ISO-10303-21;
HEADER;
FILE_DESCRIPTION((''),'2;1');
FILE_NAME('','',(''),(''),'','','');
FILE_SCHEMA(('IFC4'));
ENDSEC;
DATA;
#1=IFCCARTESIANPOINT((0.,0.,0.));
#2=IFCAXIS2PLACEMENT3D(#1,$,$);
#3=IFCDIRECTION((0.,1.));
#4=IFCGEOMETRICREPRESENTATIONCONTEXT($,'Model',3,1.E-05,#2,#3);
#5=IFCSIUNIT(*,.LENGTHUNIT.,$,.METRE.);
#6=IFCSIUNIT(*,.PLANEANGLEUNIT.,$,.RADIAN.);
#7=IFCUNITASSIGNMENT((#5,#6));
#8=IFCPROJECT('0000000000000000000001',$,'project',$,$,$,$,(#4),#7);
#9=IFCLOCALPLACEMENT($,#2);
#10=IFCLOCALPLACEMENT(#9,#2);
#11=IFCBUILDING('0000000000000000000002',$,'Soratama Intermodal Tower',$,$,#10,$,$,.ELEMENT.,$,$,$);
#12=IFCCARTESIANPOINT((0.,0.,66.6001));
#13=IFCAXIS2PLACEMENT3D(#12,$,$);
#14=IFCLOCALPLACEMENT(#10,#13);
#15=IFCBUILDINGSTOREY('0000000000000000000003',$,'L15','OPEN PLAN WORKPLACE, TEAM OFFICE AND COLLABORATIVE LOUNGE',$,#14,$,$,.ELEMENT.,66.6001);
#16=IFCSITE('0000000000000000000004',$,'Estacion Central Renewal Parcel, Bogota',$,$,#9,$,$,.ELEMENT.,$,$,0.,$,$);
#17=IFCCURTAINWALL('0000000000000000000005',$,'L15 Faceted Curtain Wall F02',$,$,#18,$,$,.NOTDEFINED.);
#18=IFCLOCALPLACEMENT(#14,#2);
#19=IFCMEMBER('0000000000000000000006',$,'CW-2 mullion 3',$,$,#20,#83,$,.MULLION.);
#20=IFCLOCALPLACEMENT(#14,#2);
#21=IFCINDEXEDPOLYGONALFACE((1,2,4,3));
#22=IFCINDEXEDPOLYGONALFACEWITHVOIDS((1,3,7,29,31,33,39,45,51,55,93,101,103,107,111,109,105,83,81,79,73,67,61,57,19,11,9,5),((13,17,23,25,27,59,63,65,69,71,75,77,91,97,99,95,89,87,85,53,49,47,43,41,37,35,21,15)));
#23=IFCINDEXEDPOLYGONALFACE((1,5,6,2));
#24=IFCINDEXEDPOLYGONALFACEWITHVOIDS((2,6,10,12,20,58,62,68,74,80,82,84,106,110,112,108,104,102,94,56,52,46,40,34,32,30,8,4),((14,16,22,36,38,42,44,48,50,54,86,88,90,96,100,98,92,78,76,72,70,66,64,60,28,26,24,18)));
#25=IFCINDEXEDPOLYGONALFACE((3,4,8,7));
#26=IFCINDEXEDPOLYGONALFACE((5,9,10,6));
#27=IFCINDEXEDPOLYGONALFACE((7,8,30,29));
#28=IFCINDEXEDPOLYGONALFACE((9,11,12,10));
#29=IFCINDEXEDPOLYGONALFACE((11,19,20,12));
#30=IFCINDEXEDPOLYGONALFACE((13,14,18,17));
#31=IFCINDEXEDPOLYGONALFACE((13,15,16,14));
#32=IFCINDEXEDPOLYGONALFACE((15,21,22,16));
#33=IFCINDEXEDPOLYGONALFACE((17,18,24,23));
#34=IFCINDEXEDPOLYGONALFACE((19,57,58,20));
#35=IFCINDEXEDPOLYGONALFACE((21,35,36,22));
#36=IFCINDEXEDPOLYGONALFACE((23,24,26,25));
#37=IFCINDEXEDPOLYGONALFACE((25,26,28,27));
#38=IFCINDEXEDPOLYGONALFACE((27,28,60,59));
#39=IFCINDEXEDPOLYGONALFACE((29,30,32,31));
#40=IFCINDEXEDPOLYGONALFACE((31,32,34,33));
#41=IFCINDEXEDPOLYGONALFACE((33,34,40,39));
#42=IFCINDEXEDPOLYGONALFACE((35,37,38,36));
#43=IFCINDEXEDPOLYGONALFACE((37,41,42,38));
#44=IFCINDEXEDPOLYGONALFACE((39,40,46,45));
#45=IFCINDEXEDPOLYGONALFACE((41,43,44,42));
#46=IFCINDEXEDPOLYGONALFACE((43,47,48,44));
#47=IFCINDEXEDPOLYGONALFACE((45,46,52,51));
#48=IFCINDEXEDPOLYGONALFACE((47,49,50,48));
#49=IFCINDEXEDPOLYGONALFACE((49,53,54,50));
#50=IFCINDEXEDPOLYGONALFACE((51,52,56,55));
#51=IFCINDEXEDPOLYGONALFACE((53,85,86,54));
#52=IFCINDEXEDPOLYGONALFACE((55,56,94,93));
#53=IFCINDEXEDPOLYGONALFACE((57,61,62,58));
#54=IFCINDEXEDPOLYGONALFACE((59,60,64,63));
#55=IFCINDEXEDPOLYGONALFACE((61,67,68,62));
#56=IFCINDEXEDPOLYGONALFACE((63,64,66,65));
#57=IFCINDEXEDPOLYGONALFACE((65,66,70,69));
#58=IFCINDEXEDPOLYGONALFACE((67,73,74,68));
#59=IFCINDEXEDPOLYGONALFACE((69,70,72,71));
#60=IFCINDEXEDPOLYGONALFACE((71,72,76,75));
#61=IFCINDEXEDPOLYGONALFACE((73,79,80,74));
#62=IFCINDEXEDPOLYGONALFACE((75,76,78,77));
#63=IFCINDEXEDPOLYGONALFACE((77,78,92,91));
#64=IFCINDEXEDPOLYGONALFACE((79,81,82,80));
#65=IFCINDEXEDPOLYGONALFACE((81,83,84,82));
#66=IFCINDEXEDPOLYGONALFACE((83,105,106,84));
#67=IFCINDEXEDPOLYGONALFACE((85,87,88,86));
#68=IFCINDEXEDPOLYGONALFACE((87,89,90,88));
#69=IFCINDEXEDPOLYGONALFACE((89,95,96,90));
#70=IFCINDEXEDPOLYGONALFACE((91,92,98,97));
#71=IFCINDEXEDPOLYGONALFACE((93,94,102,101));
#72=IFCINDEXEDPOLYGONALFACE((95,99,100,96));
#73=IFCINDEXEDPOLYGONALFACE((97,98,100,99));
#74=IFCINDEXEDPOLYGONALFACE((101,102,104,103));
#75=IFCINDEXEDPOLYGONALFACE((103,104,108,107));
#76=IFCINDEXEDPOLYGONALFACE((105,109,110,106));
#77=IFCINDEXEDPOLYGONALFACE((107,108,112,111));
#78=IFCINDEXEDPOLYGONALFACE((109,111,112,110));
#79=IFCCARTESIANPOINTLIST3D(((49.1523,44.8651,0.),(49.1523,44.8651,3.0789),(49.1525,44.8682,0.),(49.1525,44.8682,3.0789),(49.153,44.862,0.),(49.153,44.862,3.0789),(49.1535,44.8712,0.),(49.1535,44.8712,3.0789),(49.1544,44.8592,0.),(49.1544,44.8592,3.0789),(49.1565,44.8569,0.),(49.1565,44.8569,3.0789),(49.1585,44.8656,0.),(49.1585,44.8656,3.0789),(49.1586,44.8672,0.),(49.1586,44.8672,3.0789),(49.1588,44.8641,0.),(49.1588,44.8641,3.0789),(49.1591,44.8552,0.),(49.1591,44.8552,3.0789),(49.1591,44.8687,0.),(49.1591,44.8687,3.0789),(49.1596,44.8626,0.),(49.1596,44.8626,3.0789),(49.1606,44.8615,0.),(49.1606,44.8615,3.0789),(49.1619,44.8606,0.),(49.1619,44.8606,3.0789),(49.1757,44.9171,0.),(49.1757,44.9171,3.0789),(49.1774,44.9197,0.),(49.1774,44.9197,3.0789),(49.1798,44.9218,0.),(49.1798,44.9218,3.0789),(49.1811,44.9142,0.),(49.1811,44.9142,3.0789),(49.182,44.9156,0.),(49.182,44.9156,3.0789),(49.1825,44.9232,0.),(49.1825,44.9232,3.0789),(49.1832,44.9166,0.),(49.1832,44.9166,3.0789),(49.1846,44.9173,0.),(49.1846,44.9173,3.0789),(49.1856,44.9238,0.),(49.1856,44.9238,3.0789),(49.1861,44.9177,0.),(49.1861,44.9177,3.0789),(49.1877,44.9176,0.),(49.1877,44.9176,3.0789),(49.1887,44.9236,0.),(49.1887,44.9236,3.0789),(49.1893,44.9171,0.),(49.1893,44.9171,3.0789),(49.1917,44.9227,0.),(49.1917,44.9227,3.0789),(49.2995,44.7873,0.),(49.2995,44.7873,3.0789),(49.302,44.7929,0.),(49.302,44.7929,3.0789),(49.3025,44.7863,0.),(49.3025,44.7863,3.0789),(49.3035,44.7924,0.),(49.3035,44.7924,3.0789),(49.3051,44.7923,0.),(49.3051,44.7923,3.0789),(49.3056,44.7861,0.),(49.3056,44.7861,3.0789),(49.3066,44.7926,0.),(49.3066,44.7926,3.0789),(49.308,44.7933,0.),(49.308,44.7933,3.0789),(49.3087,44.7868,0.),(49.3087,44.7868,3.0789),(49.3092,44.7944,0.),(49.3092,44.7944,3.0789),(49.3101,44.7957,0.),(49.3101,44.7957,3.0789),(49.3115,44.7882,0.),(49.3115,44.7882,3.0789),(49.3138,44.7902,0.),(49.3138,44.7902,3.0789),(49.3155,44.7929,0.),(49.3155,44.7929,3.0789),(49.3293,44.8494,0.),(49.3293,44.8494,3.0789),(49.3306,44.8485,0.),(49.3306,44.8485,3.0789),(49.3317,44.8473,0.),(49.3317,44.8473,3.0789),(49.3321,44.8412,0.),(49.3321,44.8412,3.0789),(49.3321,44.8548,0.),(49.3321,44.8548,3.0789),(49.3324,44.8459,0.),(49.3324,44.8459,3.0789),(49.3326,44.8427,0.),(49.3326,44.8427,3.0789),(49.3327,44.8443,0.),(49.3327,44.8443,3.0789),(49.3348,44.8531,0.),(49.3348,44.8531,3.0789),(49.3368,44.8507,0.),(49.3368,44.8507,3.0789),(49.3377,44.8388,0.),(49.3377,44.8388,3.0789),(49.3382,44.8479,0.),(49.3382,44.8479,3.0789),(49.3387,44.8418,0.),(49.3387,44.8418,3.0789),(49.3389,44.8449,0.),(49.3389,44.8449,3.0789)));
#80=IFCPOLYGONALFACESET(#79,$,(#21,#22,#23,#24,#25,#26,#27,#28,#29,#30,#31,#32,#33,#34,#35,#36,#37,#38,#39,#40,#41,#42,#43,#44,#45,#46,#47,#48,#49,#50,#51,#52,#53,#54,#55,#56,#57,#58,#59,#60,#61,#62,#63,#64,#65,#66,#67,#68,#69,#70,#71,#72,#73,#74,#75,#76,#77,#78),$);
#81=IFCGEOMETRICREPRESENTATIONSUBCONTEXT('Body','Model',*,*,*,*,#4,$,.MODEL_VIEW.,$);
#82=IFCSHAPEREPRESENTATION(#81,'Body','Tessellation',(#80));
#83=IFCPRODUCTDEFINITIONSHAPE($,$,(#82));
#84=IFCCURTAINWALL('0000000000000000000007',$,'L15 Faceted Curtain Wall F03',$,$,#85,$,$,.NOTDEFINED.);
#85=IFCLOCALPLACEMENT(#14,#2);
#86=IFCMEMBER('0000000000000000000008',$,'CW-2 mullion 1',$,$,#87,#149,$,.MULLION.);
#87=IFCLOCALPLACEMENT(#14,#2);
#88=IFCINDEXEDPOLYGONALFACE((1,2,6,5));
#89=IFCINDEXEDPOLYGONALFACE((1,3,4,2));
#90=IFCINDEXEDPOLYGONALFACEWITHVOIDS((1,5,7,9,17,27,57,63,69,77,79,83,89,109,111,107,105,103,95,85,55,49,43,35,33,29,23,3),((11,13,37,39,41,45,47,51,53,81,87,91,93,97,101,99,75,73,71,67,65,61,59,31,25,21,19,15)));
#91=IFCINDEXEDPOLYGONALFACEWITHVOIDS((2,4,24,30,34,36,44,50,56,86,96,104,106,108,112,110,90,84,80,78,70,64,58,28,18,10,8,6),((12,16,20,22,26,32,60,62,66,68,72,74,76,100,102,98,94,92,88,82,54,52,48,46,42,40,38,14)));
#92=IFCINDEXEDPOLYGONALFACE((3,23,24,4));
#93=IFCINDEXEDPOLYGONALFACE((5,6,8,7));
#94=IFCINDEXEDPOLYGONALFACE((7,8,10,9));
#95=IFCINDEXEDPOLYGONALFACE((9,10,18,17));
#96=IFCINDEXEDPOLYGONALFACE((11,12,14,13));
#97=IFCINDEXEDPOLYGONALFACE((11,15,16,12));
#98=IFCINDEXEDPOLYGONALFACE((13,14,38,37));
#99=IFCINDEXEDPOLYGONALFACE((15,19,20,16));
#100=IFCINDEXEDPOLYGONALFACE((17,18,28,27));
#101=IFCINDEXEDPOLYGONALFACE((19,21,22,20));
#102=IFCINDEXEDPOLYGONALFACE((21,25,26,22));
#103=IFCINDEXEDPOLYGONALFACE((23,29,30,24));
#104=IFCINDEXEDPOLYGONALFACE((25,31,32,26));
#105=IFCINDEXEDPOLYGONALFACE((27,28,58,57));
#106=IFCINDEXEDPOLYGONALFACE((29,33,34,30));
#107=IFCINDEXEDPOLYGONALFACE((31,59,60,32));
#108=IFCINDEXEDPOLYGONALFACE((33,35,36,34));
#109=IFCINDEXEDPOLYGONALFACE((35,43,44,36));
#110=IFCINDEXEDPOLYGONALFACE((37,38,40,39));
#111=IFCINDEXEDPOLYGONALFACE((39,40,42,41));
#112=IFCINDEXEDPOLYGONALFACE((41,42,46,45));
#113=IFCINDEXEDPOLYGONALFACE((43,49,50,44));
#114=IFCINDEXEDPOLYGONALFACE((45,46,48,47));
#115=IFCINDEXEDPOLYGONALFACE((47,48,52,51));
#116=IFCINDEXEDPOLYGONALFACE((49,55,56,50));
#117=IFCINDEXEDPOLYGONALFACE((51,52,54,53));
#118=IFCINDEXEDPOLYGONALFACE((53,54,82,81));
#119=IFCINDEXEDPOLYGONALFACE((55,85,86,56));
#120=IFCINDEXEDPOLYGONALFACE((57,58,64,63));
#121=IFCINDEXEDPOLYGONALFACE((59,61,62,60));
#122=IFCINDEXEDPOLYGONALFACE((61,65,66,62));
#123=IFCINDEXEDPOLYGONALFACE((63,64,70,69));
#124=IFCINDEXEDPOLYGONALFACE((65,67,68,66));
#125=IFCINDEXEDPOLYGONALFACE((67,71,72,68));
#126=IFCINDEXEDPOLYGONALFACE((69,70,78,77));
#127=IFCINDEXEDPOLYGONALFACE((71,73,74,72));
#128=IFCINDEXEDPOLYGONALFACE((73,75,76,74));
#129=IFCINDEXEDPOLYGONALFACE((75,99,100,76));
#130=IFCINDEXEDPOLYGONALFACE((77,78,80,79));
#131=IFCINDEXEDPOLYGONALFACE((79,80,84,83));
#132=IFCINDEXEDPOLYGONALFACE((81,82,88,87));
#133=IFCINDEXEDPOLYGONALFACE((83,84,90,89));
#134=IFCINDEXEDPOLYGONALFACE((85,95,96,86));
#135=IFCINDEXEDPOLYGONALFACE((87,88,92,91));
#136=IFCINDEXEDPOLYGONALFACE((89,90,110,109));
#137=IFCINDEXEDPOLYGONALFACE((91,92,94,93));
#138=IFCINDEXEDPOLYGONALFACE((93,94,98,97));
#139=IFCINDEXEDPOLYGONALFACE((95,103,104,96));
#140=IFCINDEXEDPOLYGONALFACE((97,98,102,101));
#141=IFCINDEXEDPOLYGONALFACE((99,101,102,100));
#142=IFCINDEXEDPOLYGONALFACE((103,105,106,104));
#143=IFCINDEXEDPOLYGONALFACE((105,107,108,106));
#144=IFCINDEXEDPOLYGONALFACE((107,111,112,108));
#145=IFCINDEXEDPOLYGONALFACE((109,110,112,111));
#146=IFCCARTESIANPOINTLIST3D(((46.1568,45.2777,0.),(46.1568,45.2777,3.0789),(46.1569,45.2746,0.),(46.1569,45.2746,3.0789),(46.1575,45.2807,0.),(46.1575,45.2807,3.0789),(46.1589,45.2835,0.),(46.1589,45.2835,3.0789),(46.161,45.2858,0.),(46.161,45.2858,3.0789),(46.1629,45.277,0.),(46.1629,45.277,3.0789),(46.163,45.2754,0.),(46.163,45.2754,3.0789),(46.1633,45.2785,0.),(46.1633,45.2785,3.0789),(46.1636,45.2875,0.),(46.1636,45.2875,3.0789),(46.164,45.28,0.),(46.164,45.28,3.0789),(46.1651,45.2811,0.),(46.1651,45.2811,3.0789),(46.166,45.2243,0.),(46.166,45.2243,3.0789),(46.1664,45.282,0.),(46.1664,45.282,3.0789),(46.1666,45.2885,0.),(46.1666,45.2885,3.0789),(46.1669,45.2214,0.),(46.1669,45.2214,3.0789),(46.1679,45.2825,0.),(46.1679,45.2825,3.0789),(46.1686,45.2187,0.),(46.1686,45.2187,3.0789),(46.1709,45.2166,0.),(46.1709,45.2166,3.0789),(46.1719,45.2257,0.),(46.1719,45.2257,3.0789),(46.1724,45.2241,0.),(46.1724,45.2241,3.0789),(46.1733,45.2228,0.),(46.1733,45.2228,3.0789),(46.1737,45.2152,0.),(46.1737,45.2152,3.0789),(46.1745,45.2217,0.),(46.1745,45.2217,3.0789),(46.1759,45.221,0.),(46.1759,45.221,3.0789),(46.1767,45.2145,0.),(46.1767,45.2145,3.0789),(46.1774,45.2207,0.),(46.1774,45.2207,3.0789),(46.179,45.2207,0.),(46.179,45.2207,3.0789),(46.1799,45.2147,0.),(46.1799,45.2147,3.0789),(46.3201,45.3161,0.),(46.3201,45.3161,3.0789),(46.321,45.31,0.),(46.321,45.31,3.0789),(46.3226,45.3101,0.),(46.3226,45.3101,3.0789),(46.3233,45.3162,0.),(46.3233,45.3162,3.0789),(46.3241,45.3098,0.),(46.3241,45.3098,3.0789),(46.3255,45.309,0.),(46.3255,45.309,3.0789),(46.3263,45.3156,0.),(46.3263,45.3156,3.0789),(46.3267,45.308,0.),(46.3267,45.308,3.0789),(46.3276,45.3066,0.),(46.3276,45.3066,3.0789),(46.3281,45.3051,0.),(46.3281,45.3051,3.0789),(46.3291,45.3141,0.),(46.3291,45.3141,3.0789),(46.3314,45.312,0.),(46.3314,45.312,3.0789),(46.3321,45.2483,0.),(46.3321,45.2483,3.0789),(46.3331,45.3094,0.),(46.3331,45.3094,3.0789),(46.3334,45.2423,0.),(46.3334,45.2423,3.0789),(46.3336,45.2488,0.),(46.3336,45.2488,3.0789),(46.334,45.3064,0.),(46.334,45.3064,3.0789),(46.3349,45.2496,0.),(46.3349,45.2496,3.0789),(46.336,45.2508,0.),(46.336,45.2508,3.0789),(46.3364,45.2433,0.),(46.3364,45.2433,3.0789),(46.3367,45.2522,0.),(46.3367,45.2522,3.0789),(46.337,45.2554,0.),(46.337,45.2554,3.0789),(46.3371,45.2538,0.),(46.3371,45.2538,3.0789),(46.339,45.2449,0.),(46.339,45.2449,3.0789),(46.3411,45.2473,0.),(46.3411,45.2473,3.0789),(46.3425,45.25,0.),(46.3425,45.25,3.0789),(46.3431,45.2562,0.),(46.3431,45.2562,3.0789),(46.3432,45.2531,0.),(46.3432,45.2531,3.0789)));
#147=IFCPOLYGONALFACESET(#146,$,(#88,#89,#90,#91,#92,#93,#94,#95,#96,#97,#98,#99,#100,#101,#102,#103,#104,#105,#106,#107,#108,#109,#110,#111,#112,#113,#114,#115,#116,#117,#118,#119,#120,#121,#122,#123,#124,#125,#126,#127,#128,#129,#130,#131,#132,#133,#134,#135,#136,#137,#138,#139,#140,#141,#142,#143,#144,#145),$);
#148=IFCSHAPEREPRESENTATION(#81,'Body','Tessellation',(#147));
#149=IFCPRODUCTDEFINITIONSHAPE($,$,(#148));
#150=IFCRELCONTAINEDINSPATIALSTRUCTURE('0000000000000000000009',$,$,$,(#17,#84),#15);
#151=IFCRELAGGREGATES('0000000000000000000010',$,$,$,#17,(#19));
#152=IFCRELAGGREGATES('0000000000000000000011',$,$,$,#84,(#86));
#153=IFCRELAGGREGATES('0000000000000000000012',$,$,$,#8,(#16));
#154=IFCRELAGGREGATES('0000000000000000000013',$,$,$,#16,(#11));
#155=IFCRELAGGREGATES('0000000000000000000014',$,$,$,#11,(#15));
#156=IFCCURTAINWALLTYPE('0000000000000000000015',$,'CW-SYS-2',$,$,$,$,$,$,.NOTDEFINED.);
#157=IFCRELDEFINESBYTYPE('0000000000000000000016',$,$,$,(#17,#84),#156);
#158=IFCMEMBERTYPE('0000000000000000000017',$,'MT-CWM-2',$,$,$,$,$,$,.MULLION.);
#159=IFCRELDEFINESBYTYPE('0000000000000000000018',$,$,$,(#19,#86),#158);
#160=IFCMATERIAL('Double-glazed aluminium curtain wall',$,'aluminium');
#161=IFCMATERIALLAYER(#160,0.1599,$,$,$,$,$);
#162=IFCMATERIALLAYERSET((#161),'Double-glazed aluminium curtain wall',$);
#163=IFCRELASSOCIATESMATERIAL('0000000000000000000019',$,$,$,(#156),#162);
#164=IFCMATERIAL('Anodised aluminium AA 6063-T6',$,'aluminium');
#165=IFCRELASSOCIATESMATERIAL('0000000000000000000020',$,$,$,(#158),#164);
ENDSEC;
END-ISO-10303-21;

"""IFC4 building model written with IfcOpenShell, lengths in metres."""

from ifc_helpers import new_model, si_unit, direction, frame, origin, origin_2d, place, context, subcontext, project, spatial, hollow_rectangle, extrude, material, layer, layer_set, material_profile, profile_set, type_object, element, aggregate, save


model = new_model("IFC4")

# Units and contexts
model_context = context("Model", 3, precision=1e-05, world=origin(), true_north=direction((0.0, 1.0)))
body_context = subcontext(model_context, "Body", "Model", "MODEL_VIEW")
ifc_project = project(units=[si_unit("LENGTHUNIT", "METRE"), si_unit("PLANEANGLEUNIT", "RADIAN")], contexts=[model_context])

# Site, building, storey
site_placement = place(None, origin())
site = spatial("IfcSite", under=ifc_project, at=site_placement, Name="Estacion Central Renewal Parcel, Bogota", CompositionType="ELEMENT", RefElevation=0.0)
building_placement = place(site_placement, origin())
building = spatial("IfcBuilding", under=site, at=building_placement, Name="Soratama Intermodal Tower", CompositionType="ELEMENT")
storey_placement = place(building_placement, frame((0.0, 0.0, 66.6001)))
storey = spatial("IfcBuildingStorey", under=building, at=storey_placement, Name="L15", Description="OPEN PLAN WORKPLACE, TEAM OFFICE AND COLLABORATIVE LOUNGE", CompositionType="ELEMENT", Elevation=66.6001)

# Curtain wall, member
ifc_material_1 = material(Name="Double-glazed aluminium curtain wall", Category="aluminium")
ifc_layer_1 = layer(ifc_material_1, 0.1599)
ifc_layer_set_1 = layer_set([ifc_layer_1], Name="Double-glazed aluminium curtain wall")
curtain_wall_type = type_object("IfcCurtainWallType", Name="CW-SYS-2", PredefinedType="NOTDEFINED", material=ifc_layer_set_1)
curtain_wall_1_placement = place(storey_placement, origin())
curtain_wall_1 = element("IfcCurtainWall", 1, at=curtain_wall_1_placement, inside=storey, type_object=curtain_wall_type, Name="L15 Faceted Curtain Wall F02", PredefinedType="NOTDEFINED")
ifc_material_2 = material(Name="Anodised aluminium AA 6063-T6", Category="aluminium")
ifc_material_profile_1 = material_profile(ifc_material_2, hollow_rectangle(XDim=0.075, YDim=0.1799, WallThickness=0.0061, InnerFilletRadius=0.0061, OuterFilletRadius=0.012, at=origin_2d()), Name="CWM180X75X6")
ifc_profile_set_1 = profile_set([ifc_material_profile_1], Name="Anodised aluminium AA 6063-T6")
member_type_1 = type_object("IfcMemberType", Name="MT-CWM-2", PredefinedType="MULLION", material=ifc_profile_set_1)
member_1_placement = place(storey_placement, frame((49.2456, 44.855, 0.0), z_axis=(0.0, 0.0, 1.0), x_axis=(-0.435225, -0.900322, 0.0)))
member_1 = element("IfcMember", 2, at=member_1_placement, type_object=member_type_1, Name="CW-2 mullion 3", PredefinedType="MULLION", context=body_context, shape_type="SweptSolid", body=[
    extrude(hollow_rectangle(XDim=0.075, YDim=0.1799, WallThickness=0.0061, InnerFilletRadius=0.0061, OuterFilletRadius=0.012, at=origin_2d()), origin(), (0.0, 0.0, 1.0), 3.0789),
])

# Curtain wall, member
curtain_wall_2_placement = place(storey_placement, origin())
curtain_wall_2 = element("IfcCurtainWall", 3, at=curtain_wall_2_placement, inside=storey, type_object=curtain_wall_type, Name="L15 Faceted Curtain Wall F03", PredefinedType="NOTDEFINED")
member_2_placement = place(storey_placement, frame((46.25, 45.2654, 0.0), z_axis=(0.0, 0.0, 1.0), x_axis=(0.177078, -0.984197, 0.0)))
member_2 = element("IfcMember", 4, at=member_2_placement, type_object=member_type_1, Name="CW-2 mullion 1", PredefinedType="MULLION", context=body_context, shape_type="SweptSolid", body=[
    extrude(hollow_rectangle(XDim=0.075, YDim=0.1799, WallThickness=0.0061, InnerFilletRadius=0.0061, OuterFilletRadius=0.012, at=origin_2d()), origin(), (0.0, 0.0, 1.0), 3.0789),
])

aggregate(curtain_wall_1, [member_1])
aggregate(curtain_wall_2, [member_2])

save(model, "model.ifc")
